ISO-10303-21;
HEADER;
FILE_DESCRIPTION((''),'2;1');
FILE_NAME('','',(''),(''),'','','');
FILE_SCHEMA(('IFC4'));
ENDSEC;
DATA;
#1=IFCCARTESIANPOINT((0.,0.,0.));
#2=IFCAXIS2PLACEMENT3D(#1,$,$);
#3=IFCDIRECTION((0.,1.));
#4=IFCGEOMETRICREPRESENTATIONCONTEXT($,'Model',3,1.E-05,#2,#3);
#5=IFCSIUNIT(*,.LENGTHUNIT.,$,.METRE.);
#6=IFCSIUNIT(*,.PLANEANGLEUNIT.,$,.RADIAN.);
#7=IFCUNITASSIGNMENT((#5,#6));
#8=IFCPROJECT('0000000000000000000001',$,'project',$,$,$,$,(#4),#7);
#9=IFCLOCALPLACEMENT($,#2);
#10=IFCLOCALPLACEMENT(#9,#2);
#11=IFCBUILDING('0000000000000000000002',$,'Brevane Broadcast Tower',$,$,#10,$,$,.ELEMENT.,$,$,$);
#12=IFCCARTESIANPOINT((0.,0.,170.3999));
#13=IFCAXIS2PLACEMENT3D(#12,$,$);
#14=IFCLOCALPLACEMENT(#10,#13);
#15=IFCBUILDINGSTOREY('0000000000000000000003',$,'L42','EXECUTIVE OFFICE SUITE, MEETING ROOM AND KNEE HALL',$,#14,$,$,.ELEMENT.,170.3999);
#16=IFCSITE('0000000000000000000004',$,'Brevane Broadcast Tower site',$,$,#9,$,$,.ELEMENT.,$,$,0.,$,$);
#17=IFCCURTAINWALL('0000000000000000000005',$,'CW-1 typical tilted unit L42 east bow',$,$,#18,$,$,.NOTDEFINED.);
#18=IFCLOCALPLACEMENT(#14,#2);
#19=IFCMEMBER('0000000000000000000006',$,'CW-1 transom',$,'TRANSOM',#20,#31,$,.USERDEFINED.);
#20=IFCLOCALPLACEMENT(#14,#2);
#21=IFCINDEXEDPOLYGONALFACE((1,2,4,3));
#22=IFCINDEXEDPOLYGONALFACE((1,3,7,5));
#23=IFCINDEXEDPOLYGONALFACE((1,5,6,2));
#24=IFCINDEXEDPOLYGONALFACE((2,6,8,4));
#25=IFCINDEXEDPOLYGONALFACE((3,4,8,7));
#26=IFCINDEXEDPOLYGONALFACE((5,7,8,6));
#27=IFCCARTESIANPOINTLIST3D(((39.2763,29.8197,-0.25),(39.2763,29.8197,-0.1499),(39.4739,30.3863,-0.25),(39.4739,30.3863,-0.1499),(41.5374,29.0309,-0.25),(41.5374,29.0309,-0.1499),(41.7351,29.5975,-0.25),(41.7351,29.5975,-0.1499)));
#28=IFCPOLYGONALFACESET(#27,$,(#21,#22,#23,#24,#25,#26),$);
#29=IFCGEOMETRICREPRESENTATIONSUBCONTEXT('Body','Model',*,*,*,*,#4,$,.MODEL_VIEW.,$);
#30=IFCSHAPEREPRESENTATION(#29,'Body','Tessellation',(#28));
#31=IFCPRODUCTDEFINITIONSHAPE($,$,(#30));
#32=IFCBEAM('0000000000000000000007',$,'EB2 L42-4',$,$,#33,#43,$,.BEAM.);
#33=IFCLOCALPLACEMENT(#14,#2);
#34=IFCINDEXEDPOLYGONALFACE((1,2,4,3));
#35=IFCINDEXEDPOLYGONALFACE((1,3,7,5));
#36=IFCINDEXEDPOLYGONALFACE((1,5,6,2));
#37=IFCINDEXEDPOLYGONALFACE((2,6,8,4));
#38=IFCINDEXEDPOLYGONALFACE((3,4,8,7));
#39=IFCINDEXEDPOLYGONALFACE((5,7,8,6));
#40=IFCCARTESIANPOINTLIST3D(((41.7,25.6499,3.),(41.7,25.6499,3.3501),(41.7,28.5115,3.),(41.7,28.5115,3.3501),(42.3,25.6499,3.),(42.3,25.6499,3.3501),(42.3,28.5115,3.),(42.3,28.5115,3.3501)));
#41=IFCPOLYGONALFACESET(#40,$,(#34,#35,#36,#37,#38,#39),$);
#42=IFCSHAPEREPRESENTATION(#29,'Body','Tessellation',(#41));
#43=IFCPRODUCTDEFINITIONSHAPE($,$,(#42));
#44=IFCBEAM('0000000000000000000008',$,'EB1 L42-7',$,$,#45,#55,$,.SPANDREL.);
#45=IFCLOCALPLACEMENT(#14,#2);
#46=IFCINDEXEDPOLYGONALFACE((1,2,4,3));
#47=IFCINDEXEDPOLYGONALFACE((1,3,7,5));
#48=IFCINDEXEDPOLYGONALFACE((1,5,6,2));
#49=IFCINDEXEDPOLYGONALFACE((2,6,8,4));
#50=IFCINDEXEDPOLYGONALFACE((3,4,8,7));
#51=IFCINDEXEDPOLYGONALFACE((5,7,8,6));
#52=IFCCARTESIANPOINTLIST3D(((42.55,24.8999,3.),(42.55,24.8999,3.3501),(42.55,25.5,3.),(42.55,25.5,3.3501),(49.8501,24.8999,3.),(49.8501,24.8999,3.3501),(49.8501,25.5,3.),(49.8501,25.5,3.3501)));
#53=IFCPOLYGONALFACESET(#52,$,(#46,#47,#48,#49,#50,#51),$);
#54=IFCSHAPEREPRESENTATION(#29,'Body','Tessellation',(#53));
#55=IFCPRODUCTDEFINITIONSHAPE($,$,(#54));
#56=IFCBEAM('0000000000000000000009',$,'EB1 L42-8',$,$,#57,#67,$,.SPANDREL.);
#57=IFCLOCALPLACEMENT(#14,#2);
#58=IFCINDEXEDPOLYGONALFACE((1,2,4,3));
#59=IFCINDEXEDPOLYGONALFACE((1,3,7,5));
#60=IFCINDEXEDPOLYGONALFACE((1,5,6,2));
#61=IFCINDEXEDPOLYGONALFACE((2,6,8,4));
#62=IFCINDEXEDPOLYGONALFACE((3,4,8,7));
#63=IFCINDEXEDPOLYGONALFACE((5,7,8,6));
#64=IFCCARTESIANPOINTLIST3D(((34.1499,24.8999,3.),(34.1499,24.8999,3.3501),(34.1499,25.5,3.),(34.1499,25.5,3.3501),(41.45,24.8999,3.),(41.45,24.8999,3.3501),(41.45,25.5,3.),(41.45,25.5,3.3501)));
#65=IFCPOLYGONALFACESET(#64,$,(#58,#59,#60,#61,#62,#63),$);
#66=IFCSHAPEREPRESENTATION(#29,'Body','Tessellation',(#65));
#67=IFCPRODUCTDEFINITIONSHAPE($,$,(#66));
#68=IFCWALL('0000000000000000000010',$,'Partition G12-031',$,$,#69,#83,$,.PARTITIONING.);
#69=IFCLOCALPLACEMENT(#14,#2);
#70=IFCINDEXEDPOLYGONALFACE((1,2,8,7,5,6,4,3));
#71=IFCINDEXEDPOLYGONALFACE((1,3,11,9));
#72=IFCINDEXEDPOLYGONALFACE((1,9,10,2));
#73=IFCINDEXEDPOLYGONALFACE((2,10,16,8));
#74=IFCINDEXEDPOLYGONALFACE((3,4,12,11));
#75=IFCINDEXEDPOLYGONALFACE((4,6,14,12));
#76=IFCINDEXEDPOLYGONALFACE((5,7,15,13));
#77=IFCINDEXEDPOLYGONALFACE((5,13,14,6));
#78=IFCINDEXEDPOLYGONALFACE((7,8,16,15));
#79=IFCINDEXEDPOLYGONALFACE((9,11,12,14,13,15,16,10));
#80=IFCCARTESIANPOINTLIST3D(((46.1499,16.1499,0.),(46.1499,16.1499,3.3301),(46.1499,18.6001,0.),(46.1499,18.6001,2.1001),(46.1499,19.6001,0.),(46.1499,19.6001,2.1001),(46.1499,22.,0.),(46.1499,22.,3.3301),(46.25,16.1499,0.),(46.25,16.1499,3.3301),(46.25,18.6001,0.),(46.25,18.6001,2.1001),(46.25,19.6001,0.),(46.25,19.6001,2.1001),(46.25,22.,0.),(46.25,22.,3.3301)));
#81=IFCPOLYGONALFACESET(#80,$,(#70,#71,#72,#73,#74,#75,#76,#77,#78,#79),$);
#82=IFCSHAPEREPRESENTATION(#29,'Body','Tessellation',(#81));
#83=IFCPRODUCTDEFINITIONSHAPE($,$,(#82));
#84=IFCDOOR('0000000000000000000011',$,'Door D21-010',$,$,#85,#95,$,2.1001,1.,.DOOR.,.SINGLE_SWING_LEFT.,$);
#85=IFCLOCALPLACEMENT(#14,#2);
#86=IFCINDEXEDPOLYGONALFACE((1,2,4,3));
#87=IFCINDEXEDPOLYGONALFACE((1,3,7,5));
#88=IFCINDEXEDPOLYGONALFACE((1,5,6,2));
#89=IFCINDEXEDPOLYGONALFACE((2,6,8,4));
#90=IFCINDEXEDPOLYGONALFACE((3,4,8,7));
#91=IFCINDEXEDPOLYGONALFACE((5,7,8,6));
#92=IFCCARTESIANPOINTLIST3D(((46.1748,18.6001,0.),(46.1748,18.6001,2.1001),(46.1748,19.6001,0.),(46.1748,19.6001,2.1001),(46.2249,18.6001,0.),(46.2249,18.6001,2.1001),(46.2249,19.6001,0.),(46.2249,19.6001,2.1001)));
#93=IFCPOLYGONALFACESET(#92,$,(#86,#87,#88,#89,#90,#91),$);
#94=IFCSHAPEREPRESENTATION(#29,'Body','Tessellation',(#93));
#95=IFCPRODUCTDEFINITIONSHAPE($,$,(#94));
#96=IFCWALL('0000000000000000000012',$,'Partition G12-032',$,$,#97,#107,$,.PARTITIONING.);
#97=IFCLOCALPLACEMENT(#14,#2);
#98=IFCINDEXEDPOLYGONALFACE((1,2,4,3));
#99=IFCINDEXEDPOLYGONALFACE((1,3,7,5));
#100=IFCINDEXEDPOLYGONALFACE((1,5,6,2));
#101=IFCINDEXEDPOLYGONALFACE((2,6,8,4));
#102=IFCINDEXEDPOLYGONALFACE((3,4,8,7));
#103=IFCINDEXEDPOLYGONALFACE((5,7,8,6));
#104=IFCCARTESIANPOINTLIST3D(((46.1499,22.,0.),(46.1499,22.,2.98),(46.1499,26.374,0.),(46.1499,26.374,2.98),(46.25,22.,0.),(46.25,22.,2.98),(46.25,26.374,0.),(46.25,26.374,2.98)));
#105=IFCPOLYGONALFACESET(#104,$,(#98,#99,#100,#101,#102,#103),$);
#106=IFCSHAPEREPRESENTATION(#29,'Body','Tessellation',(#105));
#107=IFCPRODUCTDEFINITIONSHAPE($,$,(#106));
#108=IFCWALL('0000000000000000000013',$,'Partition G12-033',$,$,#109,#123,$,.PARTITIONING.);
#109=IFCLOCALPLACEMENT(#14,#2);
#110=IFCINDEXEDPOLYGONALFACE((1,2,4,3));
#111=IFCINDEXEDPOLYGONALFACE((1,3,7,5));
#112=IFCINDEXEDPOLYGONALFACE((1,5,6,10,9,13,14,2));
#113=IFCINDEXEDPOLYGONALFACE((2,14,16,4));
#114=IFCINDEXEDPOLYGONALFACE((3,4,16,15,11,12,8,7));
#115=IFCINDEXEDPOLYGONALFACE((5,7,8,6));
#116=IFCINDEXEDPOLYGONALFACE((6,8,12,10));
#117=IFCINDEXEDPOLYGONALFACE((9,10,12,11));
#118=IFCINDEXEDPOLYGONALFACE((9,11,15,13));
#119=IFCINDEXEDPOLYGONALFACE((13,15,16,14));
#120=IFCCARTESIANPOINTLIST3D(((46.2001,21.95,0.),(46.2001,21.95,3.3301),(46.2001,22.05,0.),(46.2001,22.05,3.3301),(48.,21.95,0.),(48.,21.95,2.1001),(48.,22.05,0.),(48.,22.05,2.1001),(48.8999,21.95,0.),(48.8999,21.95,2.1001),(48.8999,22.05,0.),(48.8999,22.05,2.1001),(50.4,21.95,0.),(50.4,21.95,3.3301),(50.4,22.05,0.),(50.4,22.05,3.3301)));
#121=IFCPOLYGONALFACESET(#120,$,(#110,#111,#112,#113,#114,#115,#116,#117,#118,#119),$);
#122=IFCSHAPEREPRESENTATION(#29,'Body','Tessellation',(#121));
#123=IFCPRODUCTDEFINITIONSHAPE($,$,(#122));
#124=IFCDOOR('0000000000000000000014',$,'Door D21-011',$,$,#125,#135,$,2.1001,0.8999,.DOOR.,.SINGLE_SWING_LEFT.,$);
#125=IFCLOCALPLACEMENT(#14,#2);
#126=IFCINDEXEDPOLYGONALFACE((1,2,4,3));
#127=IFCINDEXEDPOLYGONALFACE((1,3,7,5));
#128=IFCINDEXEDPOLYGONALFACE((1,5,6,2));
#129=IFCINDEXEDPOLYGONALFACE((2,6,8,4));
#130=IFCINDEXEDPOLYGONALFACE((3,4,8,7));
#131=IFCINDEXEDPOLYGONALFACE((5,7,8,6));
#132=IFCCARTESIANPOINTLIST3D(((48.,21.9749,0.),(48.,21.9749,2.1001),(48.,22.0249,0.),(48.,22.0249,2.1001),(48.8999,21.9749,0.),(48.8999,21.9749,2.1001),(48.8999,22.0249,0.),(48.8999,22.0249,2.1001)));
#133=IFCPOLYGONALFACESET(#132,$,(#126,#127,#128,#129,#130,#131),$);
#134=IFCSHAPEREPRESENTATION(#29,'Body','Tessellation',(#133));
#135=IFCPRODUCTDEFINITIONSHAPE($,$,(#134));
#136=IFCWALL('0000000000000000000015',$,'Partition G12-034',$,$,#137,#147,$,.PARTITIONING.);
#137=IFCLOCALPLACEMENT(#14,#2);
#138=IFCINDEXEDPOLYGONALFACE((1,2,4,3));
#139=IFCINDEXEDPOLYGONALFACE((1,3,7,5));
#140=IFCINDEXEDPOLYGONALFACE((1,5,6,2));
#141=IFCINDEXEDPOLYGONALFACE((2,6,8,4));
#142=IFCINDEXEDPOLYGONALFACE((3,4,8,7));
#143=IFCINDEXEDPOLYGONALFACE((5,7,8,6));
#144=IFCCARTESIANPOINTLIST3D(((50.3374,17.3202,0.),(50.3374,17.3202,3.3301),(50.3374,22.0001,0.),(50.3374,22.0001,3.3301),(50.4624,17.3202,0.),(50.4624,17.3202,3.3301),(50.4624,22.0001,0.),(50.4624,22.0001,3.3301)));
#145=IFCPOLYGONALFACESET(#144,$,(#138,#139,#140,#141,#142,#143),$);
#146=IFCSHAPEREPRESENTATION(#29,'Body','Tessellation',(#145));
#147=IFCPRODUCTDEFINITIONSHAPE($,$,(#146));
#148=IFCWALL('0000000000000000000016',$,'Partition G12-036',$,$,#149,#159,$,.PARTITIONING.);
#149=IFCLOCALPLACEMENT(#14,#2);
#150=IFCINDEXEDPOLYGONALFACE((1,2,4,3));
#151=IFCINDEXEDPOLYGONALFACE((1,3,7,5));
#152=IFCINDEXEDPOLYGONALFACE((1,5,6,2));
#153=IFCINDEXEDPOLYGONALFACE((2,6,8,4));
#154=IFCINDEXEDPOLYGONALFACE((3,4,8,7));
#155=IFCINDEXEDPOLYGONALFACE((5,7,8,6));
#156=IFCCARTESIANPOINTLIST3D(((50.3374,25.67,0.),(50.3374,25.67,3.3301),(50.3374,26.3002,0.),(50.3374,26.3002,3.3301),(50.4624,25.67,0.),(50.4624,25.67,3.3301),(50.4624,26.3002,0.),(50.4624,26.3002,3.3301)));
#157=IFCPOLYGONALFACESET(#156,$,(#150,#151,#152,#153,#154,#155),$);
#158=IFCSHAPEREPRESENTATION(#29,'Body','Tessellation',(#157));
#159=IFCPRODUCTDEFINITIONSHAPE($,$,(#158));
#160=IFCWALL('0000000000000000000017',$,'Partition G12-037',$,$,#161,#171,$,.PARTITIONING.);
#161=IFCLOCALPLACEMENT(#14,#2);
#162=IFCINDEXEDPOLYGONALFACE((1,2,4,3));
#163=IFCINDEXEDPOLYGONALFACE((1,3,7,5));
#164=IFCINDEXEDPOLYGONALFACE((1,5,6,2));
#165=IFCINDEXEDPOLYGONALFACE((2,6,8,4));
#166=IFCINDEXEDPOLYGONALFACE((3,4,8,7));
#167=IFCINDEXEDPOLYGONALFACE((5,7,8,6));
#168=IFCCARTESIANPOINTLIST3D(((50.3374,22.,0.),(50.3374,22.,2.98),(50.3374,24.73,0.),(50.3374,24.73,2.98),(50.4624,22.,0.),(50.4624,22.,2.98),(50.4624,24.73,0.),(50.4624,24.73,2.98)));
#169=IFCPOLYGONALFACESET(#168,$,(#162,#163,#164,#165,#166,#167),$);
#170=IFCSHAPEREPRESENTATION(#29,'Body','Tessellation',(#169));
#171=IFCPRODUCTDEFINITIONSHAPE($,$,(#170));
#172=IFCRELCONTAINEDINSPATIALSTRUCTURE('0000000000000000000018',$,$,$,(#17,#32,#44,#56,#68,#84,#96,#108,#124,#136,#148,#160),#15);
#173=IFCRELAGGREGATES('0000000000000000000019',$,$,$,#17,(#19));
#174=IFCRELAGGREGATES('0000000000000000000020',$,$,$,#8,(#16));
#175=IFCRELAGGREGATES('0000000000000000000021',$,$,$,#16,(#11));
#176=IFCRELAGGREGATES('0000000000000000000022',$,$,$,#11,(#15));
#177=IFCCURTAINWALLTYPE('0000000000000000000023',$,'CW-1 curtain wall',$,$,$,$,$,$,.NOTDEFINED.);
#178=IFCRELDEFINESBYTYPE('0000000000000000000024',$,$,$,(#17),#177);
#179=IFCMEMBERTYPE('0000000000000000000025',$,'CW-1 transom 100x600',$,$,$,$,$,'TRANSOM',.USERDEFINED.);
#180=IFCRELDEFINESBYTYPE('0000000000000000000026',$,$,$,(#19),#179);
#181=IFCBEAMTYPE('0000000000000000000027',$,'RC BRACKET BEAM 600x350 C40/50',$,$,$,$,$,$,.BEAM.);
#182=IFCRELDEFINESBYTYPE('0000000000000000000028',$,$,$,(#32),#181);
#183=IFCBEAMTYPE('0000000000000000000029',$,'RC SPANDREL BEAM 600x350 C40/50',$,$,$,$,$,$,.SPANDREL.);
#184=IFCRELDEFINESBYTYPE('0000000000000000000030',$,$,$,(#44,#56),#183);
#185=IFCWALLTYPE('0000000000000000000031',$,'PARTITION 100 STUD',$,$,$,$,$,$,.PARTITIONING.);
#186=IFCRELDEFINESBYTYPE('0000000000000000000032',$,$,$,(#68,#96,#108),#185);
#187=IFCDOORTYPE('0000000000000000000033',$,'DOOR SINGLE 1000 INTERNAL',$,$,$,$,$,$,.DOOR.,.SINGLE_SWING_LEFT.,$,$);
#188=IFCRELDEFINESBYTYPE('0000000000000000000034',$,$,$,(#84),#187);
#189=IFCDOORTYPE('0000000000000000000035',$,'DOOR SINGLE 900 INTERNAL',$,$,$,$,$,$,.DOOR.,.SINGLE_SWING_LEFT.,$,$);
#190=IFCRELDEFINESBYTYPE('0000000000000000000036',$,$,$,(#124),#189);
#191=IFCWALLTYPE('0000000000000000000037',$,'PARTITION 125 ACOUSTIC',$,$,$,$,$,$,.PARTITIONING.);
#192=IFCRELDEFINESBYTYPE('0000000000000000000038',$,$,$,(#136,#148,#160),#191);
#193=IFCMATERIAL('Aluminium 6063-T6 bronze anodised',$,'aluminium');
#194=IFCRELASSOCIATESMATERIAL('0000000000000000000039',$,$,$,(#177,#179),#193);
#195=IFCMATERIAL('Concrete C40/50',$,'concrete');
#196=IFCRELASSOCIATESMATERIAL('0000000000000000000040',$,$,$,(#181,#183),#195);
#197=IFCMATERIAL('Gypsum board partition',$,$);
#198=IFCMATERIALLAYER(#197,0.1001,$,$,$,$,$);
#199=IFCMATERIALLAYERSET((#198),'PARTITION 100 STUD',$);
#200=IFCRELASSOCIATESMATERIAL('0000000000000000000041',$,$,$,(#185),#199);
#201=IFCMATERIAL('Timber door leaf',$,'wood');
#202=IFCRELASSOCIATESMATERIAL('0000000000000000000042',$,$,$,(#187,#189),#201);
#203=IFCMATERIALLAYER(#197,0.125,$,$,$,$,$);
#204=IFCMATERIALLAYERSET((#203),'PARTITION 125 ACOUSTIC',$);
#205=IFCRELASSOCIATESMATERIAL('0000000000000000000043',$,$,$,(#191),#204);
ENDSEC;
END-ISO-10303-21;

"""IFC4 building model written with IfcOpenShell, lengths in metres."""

from ifc_helpers import new_model, si_unit, direction, frame, frame_2d, origin, origin_2d, place, context, subcontext, project, spatial, rectangle, extrude, material, layer, layer_set, material_profile, profile_set, type_object, element, fill, aggregate, save


model = new_model("IFC4")

# Units and contexts
model_context = context("Model", 3, precision=1e-05, world=origin(), true_north=direction((0.0, 1.0)))
body_context = subcontext(model_context, "Body", "Model", "MODEL_VIEW")
ifc_project = project(units=[si_unit("LENGTHUNIT", "METRE"), si_unit("PLANEANGLEUNIT", "RADIAN")], contexts=[model_context])

# Site, building, storey
site_placement = place(None, origin())
site = spatial("IfcSite", under=ifc_project, at=site_placement, Name="Brevane Broadcast Tower site", CompositionType="ELEMENT", RefElevation=0.0)
building_placement = place(site_placement, origin())
building = spatial("IfcBuilding", under=site, at=building_placement, Name="Brevane Broadcast Tower", CompositionType="ELEMENT")
storey_placement = place(building_placement, frame((0.0, 0.0, 170.3999)))
storey = spatial("IfcBuildingStorey", under=building, at=storey_placement, Name="L42", Description="EXECUTIVE OFFICE SUITE, MEETING ROOM AND KNEE HALL", CompositionType="ELEMENT", Elevation=170.3999)

# Curtain wall
ifc_material_1 = material(Name="Aluminium 6063-T6 bronze anodised", Category="aluminium")
curtain_wall_type = type_object("IfcCurtainWallType", Name="CW-1 curtain wall", PredefinedType="NOTDEFINED", material=ifc_material_1)
curtain_wall_1_placement = place(storey_placement, origin())
curtain_wall_1 = element("IfcCurtainWall", 1, at=curtain_wall_1_placement, inside=storey, type_object=curtain_wall_type, Name="CW-1 typical tilted unit L42 east bow", PredefinedType="NOTDEFINED")

# Member
ifc_material_profile_1 = material_profile(ifc_material_1, rectangle(XDim=0.6001, YDim=0.1001, at=origin_2d()), Name="RECT 100x600")
ifc_profile_set_1 = profile_set([ifc_material_profile_1], Name="Aluminium 6063-T6 bronze anodised")
member_type_1 = type_object("IfcMemberType", Name="CW-1 transom 100x600", ElementType="TRANSOM", PredefinedType="USERDEFINED", material=ifc_profile_set_1)
member_1_placement = place(storey_placement, frame((41.6362, 29.3142, -0.2), z_axis=(-0.944198, 0.329378, 0.0), x_axis=(-0.329378, -0.944198, 0.0)))
member_1 = element("IfcMember", 2, at=member_1_placement, type_object=member_type_1, Name="CW-1 transom", ObjectType="TRANSOM", PredefinedType="USERDEFINED", context=body_context, shape_type="SweptSolid", body=[
    extrude(rectangle(XDim=0.6001, YDim=0.1001, at=origin_2d()), origin(), (0.0, 0.0, 1.0), 2.3948),
])
aggregate(curtain_wall_1, [member_1])

# Beams
ifc_material_2 = material(Name="Concrete C40/50", Category="concrete")
ifc_material_profile_2 = material_profile(ifc_material_2, rectangle(XDim=0.6001, YDim=0.3501, at=origin_2d()), Name="RC 600x350")
ifc_profile_set_2 = profile_set([ifc_material_profile_2], Name="Concrete C40/50")
beam_type_1 = type_object("IfcBeamType", Name="RC BRACKET BEAM 600x350 C40/50", PredefinedType="BEAM", material=ifc_profile_set_2)
beam_placement = place(storey_placement, frame((42.0, 25.6499, 3.175), z_axis=(0.0, 1.0, 0.0), x_axis=(-1.0, 0.0, 0.0)))
element("IfcBeam", 3, at=beam_placement, inside=storey, type_object=beam_type_1, Name="EB2 L42-4", PredefinedType="BEAM", context=body_context, shape_type="SweptSolid", body=[
    extrude(rectangle(XDim=0.6001, YDim=0.3501, at=origin_2d()), origin(), (0.0, 0.0, 1.0), 2.8616),
])
ifc_material_profile_3 = material_profile(ifc_material_2, rectangle(XDim=0.6001, YDim=0.3501, at=origin_2d()), Name="RC 600x350")
ifc_profile_set_3 = profile_set([ifc_material_profile_3], Name="Concrete C40/50")
beam_type_2 = type_object("IfcBeamType", Name="RC SPANDREL BEAM 600x350 C40/50", PredefinedType="SPANDREL", material=ifc_profile_set_3)
for number, where, z_axis, x_axis, name in (
    (4, (49.8501, 25.2, 3.175), (-1.0, 0.0, 0.0), (0.0, -1.0, 0.0), "EB1 L42-7"),
    (5, (41.45, 25.2, 3.175), (-1.0, 0.0, 0.0), (0.0, -1.0, 0.0), "EB1 L42-8"),
):
    element("IfcBeam", number, at=place(storey_placement, frame(where, z_axis=z_axis, x_axis=x_axis)), inside=storey, type_object=beam_type_2, Name=name, PredefinedType="SPANDREL", context=body_context, shape_type="SweptSolid", body=[
        extrude(rectangle(XDim=0.6001, YDim=0.3501, at=origin_2d()), origin(), (0.0, 0.0, 1.0), 7.3),
    ])

# Wall, opening, door
ifc_material_3 = material(Name="Gypsum board partition")
ifc_layer_1 = layer(ifc_material_3, 0.1001)
ifc_layer_set_1 = layer_set([ifc_layer_1], Name="PARTITION 100 STUD")
wall_type_1 = type_object("IfcWallType", Name="PARTITION 100 STUD", PredefinedType="PARTITIONING", material=ifc_layer_set_1)
wall_1_placement = place(storey_placement, frame((46.2, 22.0, 0.0), z_axis=(0.0, 0.0, 1.0), x_axis=(0.0, -1.0, 0.0)))
wall_1 = element("IfcWall", 6, at=wall_1_placement, inside=storey, type_object=wall_type_1, Name="Partition G12-031", PredefinedType="PARTITIONING", context=body_context, shape_type="SweptSolid", body=[
    extrude(rectangle(XDim=5.8501, YDim=0.1001, at=frame_2d((2.925, 0.0))), origin(), (0.0, 0.0, 1.0), 3.3301),
])
opening_1_placement = place(wall_1_placement, frame((2.3999, 0.0, 0.0)))
opening_1 = element("IfcOpeningElement", 7, at=opening_1_placement, cuts=wall_1, PredefinedType="OPENING", context=body_context, shape_type="SweptSolid", body=[
    extrude(rectangle(XDim=1.0, YDim=2.1001, at=frame_2d((0.5, 1.05))), frame((0.0, 0.0601, 0.0), z_axis=(0.0, -1.0, 0.0), x_axis=(1.0, 0.0, 0.0)), (0.0, 0.0, 1.0), 0.1201),
])
ifc_material_4 = material(Name="Timber door leaf", Category="wood")
door_type_1 = type_object("IfcDoorType", Name="DOOR SINGLE 1000 INTERNAL", OperationType="SINGLE_SWING_LEFT", PredefinedType="DOOR", material=ifc_material_4)
door_1_placement = place(opening_1_placement, origin())
door_1 = element("IfcDoor", 8, at=door_1_placement, inside=storey, type_object=door_type_1, Name="Door D21-010", OperationType="SINGLE_SWING_LEFT", OverallHeight=2.1001, OverallWidth=1.0, PredefinedType="DOOR", context=body_context, shape_type="SweptSolid", body=[
    extrude(rectangle(XDim=1.0, YDim=2.1001, at=frame_2d((0.5, 1.05))), frame((0.0, 0.0249, 0.0), z_axis=(0.0, -1.0, 0.0), x_axis=(1.0, 0.0, 0.0)), (0.0, 0.0, 1.0), 0.05),
])
fill(opening_1, door_1)

# Wall
wall_2_placement = place(storey_placement, frame((46.2, 26.374, 0.0), z_axis=(0.0, 0.0, 1.0), x_axis=(0.0, -1.0, 0.0)))
element("IfcWall", 9, at=wall_2_placement, inside=storey, type_object=wall_type_1, Name="Partition G12-032", PredefinedType="PARTITIONING", context=body_context, shape_type="SweptSolid", body=[
    extrude(rectangle(XDim=4.374, YDim=0.1001, at=frame_2d((2.187, 0.0))), origin(), (0.0, 0.0, 1.0), 2.98),
])

# Wall, opening, door
wall_3_placement = place(storey_placement, frame((46.2, 22.0, 0.0), z_axis=(0.0, 0.0, 1.0), x_axis=(1.0, 0.0, 0.0)))
wall_3 = element("IfcWall", 10, at=wall_3_placement, inside=storey, type_object=wall_type_1, Name="Partition G12-033", PredefinedType="PARTITIONING", context=body_context, shape_type="SweptSolid", body=[
    extrude(rectangle(XDim=4.2, YDim=0.1001, at=frame_2d((2.1001, 0.0))), origin(), (0.0, 0.0, 1.0), 3.3301),
])
opening_2_placement = place(wall_3_placement, frame((1.8, 0.0, 0.0)))
opening_2 = element("IfcOpeningElement", 11, at=opening_2_placement, cuts=wall_3, PredefinedType="OPENING", context=body_context, shape_type="SweptSolid", body=[
    extrude(rectangle(XDim=0.8999, YDim=2.1001, at=frame_2d((0.45, 1.05))), frame((0.0, 0.0601, 0.0), z_axis=(0.0, -1.0, 0.0), x_axis=(1.0, 0.0, 0.0)), (0.0, 0.0, 1.0), 0.1201),
])
door_type_2 = type_object("IfcDoorType", Name="DOOR SINGLE 900 INTERNAL", OperationType="SINGLE_SWING_LEFT", PredefinedType="DOOR", material=ifc_material_4)
door_2_placement = place(opening_2_placement, origin())
door_2 = element("IfcDoor", 12, at=door_2_placement, inside=storey, type_object=door_type_2, Name="Door D21-011", OperationType="SINGLE_SWING_LEFT", OverallHeight=2.1001, OverallWidth=0.8999, PredefinedType="DOOR", context=body_context, shape_type="SweptSolid", body=[
    extrude(rectangle(XDim=0.8999, YDim=2.1001, at=frame_2d((0.45, 1.05))), frame((0.0, 0.0249, 0.0), z_axis=(0.0, -1.0, 0.0), x_axis=(1.0, 0.0, 0.0)), (0.0, 0.0, 1.0), 0.05),
])
fill(opening_2, door_2)

# Walls
ifc_layer_2 = layer(ifc_material_3, 0.125)
ifc_layer_set_2 = layer_set([ifc_layer_2], Name="PARTITION 125 ACOUSTIC")
wall_type_2 = type_object("IfcWallType", Name="PARTITION 125 ACOUSTIC", PredefinedType="PARTITIONING", material=ifc_layer_set_2)
wall_4_placement = place(storey_placement, frame((50.3999, 22.0, 0.0), z_axis=(0.0, 0.0, 1.0), x_axis=(0.0, -1.0, 0.0)))
element("IfcWall", 13, at=wall_4_placement, inside=storey, type_object=wall_type_2, Name="Partition G12-034", PredefinedType="PARTITIONING", context=body_context, shape_type="SweptSolid", body=[
    extrude(rectangle(XDim=4.6799, YDim=0.125, at=frame_2d((2.3398, 0.0))), origin(), (0.0, 0.0, 1.0), 3.3301),
])
wall_5_placement = place(storey_placement, frame((50.3999, 26.3, 0.0), z_axis=(0.0, 0.0, 1.0), x_axis=(0.0, -1.0, 0.0)))
element("IfcWall", 14, at=wall_5_placement, inside=storey, type_object=wall_type_2, Name="Partition G12-036", PredefinedType="PARTITIONING", context=body_context, shape_type="SweptSolid", body=[
    extrude(rectangle(XDim=0.6301, YDim=0.125, at=frame_2d((0.3149, 0.0))), origin(), (0.0, 0.0, 1.0), 3.3301),
])
wall_6_placement = place(storey_placement, frame((50.3999, 24.73, 0.0), z_axis=(0.0, 0.0, 1.0), x_axis=(0.0, -1.0, 0.0)))
element("IfcWall", 15, at=wall_6_placement, inside=storey, type_object=wall_type_2, Name="Partition G12-037", PredefinedType="PARTITIONING", context=body_context, shape_type="SweptSolid", body=[
    extrude(rectangle(XDim=2.73, YDim=0.125, at=frame_2d((1.365, 0.0))), origin(), (0.0, 0.0, 1.0), 2.98),
])

save(model, "model.ifc")
